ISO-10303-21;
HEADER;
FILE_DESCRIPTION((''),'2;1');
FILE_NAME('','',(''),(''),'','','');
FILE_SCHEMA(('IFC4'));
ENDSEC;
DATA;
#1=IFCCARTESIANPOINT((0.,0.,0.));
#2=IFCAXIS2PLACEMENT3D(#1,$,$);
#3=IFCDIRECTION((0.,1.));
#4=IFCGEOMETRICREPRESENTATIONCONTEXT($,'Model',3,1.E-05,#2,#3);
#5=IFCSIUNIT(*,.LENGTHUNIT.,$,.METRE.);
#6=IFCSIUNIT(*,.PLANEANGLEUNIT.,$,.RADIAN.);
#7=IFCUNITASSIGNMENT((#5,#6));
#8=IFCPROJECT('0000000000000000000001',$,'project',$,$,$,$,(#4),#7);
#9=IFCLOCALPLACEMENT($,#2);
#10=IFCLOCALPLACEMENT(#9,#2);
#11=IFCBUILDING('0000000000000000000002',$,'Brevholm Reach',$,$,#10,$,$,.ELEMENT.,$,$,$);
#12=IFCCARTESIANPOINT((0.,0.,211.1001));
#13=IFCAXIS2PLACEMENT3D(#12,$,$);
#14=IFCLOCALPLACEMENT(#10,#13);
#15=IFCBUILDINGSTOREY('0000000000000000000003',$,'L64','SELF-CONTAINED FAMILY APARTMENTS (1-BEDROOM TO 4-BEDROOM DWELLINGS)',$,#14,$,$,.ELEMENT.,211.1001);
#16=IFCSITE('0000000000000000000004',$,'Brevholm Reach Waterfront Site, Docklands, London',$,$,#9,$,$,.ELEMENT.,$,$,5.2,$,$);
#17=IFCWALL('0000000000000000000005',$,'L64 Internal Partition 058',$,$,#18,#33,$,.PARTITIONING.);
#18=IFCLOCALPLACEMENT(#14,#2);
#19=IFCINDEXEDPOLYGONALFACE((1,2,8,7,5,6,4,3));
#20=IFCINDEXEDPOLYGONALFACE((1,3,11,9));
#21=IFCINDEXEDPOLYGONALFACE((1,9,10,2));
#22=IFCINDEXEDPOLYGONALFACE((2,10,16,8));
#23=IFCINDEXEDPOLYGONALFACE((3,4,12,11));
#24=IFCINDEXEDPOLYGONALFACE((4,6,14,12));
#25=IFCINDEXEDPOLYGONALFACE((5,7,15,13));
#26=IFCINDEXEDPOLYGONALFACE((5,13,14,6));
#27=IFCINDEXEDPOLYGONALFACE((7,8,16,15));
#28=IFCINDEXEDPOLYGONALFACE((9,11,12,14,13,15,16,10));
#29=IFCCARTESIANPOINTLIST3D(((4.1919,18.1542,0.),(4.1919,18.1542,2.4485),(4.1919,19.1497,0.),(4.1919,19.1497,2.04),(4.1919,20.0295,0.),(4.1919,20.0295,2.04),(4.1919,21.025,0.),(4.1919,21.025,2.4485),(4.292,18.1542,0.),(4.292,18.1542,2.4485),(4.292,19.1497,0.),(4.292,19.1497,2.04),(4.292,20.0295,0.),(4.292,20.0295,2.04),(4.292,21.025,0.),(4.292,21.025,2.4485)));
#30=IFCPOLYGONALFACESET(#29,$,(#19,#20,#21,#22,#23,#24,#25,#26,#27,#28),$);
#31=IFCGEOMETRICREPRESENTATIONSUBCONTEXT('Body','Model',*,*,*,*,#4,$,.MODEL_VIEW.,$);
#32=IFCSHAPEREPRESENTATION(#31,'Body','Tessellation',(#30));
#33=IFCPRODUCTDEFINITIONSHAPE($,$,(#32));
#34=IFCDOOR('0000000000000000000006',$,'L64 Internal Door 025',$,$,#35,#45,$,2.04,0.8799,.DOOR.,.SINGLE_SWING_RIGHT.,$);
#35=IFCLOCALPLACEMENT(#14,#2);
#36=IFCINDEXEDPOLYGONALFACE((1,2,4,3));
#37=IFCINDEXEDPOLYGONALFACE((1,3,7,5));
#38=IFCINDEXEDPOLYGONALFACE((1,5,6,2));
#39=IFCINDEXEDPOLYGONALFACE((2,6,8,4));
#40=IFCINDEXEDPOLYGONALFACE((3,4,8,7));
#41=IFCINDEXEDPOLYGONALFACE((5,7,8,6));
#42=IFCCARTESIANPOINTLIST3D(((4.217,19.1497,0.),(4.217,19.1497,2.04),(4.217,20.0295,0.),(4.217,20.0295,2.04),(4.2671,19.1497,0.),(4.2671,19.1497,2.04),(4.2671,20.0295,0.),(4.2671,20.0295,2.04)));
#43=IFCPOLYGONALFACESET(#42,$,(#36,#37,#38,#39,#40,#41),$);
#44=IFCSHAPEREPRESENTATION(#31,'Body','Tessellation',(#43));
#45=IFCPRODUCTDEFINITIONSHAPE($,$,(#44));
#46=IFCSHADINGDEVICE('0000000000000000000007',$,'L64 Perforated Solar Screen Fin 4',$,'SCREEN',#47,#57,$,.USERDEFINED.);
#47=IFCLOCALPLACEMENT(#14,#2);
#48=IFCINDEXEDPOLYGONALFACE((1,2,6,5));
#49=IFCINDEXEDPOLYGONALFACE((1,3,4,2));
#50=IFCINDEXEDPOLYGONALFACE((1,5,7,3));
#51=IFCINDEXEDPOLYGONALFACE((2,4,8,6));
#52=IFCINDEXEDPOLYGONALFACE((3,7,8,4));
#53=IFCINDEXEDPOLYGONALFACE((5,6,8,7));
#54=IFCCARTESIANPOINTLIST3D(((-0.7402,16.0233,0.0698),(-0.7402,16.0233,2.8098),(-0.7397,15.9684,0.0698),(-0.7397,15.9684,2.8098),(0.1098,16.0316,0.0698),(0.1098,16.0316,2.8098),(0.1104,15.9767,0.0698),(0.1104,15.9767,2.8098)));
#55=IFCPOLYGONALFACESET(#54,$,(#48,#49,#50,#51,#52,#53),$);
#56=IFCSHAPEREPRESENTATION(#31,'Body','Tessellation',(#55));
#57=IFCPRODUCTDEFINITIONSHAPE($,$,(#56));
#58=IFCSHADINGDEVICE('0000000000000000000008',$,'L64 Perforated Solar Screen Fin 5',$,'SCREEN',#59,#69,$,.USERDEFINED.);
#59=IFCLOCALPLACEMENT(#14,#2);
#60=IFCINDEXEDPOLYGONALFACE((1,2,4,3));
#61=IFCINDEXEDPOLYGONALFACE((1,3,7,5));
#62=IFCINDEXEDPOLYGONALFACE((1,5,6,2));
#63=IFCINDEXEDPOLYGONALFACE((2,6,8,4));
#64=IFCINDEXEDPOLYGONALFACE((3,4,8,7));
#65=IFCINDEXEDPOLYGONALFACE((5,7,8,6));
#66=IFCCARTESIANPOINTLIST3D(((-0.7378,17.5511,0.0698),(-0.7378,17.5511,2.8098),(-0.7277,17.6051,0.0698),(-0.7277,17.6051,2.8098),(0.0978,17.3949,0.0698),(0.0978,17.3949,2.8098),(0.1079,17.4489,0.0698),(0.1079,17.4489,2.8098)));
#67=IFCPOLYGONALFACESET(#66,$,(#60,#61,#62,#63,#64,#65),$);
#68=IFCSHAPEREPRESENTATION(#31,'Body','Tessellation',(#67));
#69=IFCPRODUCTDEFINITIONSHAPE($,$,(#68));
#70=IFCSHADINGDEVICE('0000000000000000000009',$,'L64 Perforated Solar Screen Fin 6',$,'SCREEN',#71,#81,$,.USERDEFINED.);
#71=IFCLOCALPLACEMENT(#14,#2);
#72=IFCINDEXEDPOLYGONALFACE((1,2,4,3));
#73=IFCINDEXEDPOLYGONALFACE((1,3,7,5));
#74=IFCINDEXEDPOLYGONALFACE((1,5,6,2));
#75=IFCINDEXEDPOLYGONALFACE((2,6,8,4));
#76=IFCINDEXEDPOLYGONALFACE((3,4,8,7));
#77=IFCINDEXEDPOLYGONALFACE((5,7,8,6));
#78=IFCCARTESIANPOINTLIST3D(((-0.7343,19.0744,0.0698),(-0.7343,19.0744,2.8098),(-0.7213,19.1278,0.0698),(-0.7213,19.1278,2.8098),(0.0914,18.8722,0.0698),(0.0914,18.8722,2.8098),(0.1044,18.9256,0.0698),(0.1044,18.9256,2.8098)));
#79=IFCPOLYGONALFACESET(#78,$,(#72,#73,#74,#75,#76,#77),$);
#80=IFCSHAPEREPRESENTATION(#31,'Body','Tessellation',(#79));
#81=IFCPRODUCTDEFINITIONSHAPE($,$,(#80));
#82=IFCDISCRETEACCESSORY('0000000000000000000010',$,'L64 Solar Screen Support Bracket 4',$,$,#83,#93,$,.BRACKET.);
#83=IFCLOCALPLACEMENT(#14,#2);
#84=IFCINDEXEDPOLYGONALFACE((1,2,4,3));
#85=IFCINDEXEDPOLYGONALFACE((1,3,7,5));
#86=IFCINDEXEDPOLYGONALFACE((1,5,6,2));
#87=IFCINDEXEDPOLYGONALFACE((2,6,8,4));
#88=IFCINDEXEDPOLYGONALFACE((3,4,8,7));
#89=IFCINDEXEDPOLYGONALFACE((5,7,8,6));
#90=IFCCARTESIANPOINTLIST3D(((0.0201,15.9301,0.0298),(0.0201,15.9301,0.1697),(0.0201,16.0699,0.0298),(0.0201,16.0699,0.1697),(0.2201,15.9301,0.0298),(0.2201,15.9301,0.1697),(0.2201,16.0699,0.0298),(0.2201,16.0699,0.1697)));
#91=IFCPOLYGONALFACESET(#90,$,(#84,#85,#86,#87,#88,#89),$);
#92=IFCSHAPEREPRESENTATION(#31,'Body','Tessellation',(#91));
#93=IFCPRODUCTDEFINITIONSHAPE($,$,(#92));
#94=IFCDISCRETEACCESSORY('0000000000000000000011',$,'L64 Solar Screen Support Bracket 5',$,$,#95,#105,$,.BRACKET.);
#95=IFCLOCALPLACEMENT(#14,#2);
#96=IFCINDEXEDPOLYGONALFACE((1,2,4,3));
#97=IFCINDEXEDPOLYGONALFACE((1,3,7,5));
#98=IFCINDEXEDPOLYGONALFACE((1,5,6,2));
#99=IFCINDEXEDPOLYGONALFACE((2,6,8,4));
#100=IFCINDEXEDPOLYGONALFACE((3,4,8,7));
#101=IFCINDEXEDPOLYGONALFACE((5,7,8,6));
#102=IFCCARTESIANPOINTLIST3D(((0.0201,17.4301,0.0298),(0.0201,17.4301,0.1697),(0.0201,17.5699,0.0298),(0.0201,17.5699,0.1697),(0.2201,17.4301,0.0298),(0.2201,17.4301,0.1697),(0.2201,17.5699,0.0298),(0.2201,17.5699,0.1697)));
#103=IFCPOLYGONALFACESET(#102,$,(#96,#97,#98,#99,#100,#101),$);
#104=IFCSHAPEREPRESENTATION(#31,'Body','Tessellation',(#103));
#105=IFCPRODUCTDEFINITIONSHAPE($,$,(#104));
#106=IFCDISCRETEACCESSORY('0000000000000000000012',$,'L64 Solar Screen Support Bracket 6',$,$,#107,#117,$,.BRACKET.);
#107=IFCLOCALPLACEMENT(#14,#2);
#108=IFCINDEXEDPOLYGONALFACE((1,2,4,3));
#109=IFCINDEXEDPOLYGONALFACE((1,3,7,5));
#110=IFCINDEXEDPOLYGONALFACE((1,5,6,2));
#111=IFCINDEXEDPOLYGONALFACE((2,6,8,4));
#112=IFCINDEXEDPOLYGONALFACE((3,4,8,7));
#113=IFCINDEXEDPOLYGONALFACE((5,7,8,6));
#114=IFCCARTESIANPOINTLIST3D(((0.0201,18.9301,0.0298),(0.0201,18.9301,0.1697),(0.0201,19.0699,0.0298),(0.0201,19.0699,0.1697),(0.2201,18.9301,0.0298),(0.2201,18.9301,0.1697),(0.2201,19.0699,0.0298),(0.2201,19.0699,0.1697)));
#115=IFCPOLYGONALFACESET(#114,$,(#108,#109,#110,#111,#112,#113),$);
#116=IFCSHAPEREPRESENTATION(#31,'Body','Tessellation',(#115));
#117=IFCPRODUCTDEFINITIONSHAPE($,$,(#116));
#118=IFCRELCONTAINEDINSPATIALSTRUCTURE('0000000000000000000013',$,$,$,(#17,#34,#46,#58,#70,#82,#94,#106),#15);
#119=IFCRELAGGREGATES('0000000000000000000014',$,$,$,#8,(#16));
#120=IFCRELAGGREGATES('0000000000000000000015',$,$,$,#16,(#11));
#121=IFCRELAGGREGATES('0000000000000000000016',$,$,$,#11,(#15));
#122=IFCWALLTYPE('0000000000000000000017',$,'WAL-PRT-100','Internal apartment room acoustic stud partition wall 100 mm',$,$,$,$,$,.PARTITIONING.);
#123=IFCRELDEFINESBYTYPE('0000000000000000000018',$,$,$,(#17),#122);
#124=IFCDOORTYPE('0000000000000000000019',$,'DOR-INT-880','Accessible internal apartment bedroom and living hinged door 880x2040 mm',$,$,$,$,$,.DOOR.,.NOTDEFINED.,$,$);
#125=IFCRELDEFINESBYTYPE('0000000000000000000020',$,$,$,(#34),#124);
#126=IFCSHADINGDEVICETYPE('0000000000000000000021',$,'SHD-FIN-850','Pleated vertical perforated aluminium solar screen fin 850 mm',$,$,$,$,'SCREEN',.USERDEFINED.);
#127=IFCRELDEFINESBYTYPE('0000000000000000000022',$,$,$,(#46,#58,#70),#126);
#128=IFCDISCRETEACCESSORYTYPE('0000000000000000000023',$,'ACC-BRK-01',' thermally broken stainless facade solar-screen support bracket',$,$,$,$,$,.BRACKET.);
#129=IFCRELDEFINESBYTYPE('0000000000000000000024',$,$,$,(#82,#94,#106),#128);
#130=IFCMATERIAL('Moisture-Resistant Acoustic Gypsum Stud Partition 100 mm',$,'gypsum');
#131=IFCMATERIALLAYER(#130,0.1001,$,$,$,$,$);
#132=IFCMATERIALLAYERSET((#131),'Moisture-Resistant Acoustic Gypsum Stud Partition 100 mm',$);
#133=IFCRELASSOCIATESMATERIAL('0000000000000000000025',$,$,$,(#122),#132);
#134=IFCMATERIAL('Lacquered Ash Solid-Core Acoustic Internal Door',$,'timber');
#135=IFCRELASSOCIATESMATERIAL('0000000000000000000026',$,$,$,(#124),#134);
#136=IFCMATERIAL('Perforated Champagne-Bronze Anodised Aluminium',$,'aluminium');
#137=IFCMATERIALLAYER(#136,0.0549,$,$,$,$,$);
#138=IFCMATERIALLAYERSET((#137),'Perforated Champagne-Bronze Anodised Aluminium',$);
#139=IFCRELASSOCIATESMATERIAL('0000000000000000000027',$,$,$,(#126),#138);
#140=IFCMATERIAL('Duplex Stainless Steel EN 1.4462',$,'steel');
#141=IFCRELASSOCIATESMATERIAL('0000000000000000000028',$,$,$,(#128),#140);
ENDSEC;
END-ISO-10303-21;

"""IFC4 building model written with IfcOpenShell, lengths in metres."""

from ifc_helpers import new_model, si_unit, direction, frame, frame_2d, origin, origin_2d, place, context, subcontext, project, spatial, rectangle, extrude, material, layer, layer_set, type_object, element, fill, save


model = new_model("IFC4")

# Units and contexts
model_context = context("Model", 3, precision=1e-05, world=origin(), true_north=direction((0.0, 1.0)))
body_context = subcontext(model_context, "Body", "Model", "MODEL_VIEW")
ifc_project = project(units=[si_unit("LENGTHUNIT", "METRE"), si_unit("PLANEANGLEUNIT", "RADIAN")], contexts=[model_context])

# Site, building, storey
site_placement = place(None, origin())
site = spatial("IfcSite", under=ifc_project, at=site_placement, Name="Brevholm Reach Waterfront Site, Docklands, London", CompositionType="ELEMENT", RefElevation=5.2)
building_placement = place(site_placement, origin())
building = spatial("IfcBuilding", under=site, at=building_placement, Name="Brevholm Reach", CompositionType="ELEMENT")
storey_placement = place(building_placement, frame((0.0, 0.0, 211.1001)))
storey = spatial("IfcBuildingStorey", under=building, at=storey_placement, Name="L64", Description="SELF-CONTAINED FAMILY APARTMENTS (1-BEDROOM TO 4-BEDROOM DWELLINGS)", CompositionType="ELEMENT", Elevation=211.1001)

# Shared definitions
ifc_material_1 = material(Name="Moisture-Resistant Acoustic Gypsum Stud Partition 100 mm", Category="gypsum")
ifc_layer_1 = layer(ifc_material_1, 0.1001)
ifc_layer_set_1 = layer_set([ifc_layer_1], Name="Moisture-Resistant Acoustic Gypsum Stud Partition 100 mm")
wall_type = type_object("IfcWallType", Name="WAL-PRT-100", Description="Internal apartment room acoustic stud partition wall 100 mm", PredefinedType="PARTITIONING", material=ifc_layer_set_1)

# Shared definitions
ifc_material_2 = material(Name="Lacquered Ash Solid-Core Acoustic Internal Door", Category="timber")
door_type = type_object("IfcDoorType", Name="DOR-INT-880", Description="Accessible internal apartment bedroom and living hinged door 880x2040 mm", OperationType="NOTDEFINED", PredefinedType="DOOR", material=ifc_material_2)

# Wall, opening, door
wall_1_placement = place(storey_placement, frame((4.2419, 18.1541, 0.0), z_axis=(0.0, 0.0, 1.0), x_axis=(0.0, 1.0, 0.0)))
wall_1 = element("IfcWall", 1, at=wall_1_placement, inside=storey, type_object=wall_type, Name="L64 Internal Partition 058", PredefinedType="PARTITIONING", context=body_context, shape_type="SweptSolid", body=[
    extrude(rectangle(XDim=2.8708, YDim=0.1001, at=frame_2d((1.4355, 0.0))), origin(), (0.0, 0.0, 1.0), 2.4485),
])
opening_1_placement = place(wall_1_placement, frame((0.9956, 0.0, 0.0)))
opening_1 = element("IfcOpeningElement", 2, at=opening_1_placement, cuts=wall_1, PredefinedType="OPENING", context=body_context, shape_type="SweptSolid", body=[
    extrude(rectangle(XDim=0.8799, YDim=2.04, at=frame_2d((0.4399, 1.02))), frame((0.0, 0.0601, 0.0), z_axis=(0.0, -1.0, 0.0), x_axis=(1.0, 0.0, 0.0)), (0.0, 0.0, 1.0), 0.1201),
])
door_1_placement = place(opening_1_placement, origin())
door_1 = element("IfcDoor", 3, at=door_1_placement, inside=storey, type_object=door_type, Name="L64 Internal Door 025", OperationType="SINGLE_SWING_RIGHT", OverallHeight=2.04, OverallWidth=0.8799, PredefinedType="DOOR", context=body_context, shape_type="SweptSolid", body=[
    extrude(rectangle(XDim=0.8799, YDim=2.04, at=frame_2d((0.4399, 1.02))), frame((0.0, 0.0249, 0.0), z_axis=(0.0, -1.0, 0.0), x_axis=(1.0, 0.0, 0.0)), (0.0, 0.0, 1.0), 0.05),
])
fill(opening_1, door_1)

# Shading devices
ifc_material_3 = material(Name="Perforated Champagne-Bronze Anodised Aluminium", Category="aluminium")
ifc_layer_2 = layer(ifc_material_3, 0.0549)
ifc_layer_set_2 = layer_set([ifc_layer_2], Name="Perforated Champagne-Bronze Anodised Aluminium")
shading_device_type = type_object("IfcShadingDeviceType", Name="SHD-FIN-850", Description="Pleated vertical perforated aluminium solar screen fin 850 mm", ElementType="SCREEN", PredefinedType="USERDEFINED", material=ifc_layer_set_2)
for number, where, z_axis, x_axis, name in (
    (4, (-0.3149, 16.0, 0.0698), (0.0, 0.0, 1.0), (-0.999952, -0.009756, 0.0), "L64 Perforated Solar Screen Fin 4"),
    (5, (-0.3149, 17.5, 0.0698), (0.0, 0.0, 1.0), (-0.982974, 0.183745, 0.0), "L64 Perforated Solar Screen Fin 5"),
    (6, (-0.3149, 19.0, 0.0698), (0.0, 0.0, 1.0), (-0.971288, 0.237906, 0.0), "L64 Perforated Solar Screen Fin 6"),
):
    element("IfcShadingDevice", number, at=place(storey_placement, frame(where, z_axis=z_axis, x_axis=x_axis)), inside=storey, type_object=shading_device_type, Name=name, ObjectType="SCREEN", PredefinedType="USERDEFINED", context=body_context, shape_type="SweptSolid", body=[
        extrude(rectangle(XDim=0.8501, YDim=0.0549, at=origin_2d()), origin(), (0.0, 0.0, 1.0), 2.74),
    ])

# Discrete accessories
ifc_material_4 = material(Name="Duplex Stainless Steel EN 1.4462", Category="steel")
discrete_accessory_type = type_object("IfcDiscreteAccessoryType", Name="ACC-BRK-01", Description=" thermally broken stainless facade solar-screen support bracket", PredefinedType="BRACKET", material=ifc_material_4)
for number, where, z_axis, x_axis, name in (
    (7, (0.1201, 16.0, 0.0298), (0.0, 0.0, 1.0), (-1.0, 0.0, 0.0), "L64 Solar Screen Support Bracket 4"),
    (8, (0.1201, 17.5, 0.0298), (0.0, 0.0, 1.0), (-1.0, 0.0, 0.0), "L64 Solar Screen Support Bracket 5"),
    (9, (0.1201, 19.0, 0.0298), (0.0, 0.0, 1.0), (-1.0, 0.0, 0.0), "L64 Solar Screen Support Bracket 6"),
):
    element("IfcDiscreteAccessory", number, at=place(storey_placement, frame(where, z_axis=z_axis, x_axis=x_axis)), inside=storey, type_object=discrete_accessory_type, Name=name, PredefinedType="BRACKET", context=body_context, shape_type="SweptSolid", body=[
        extrude(rectangle(XDim=0.2, YDim=0.1399, at=origin_2d()), origin(), (0.0, 0.0, 1.0), 0.1399),
    ])

save(model, "model.ifc")
